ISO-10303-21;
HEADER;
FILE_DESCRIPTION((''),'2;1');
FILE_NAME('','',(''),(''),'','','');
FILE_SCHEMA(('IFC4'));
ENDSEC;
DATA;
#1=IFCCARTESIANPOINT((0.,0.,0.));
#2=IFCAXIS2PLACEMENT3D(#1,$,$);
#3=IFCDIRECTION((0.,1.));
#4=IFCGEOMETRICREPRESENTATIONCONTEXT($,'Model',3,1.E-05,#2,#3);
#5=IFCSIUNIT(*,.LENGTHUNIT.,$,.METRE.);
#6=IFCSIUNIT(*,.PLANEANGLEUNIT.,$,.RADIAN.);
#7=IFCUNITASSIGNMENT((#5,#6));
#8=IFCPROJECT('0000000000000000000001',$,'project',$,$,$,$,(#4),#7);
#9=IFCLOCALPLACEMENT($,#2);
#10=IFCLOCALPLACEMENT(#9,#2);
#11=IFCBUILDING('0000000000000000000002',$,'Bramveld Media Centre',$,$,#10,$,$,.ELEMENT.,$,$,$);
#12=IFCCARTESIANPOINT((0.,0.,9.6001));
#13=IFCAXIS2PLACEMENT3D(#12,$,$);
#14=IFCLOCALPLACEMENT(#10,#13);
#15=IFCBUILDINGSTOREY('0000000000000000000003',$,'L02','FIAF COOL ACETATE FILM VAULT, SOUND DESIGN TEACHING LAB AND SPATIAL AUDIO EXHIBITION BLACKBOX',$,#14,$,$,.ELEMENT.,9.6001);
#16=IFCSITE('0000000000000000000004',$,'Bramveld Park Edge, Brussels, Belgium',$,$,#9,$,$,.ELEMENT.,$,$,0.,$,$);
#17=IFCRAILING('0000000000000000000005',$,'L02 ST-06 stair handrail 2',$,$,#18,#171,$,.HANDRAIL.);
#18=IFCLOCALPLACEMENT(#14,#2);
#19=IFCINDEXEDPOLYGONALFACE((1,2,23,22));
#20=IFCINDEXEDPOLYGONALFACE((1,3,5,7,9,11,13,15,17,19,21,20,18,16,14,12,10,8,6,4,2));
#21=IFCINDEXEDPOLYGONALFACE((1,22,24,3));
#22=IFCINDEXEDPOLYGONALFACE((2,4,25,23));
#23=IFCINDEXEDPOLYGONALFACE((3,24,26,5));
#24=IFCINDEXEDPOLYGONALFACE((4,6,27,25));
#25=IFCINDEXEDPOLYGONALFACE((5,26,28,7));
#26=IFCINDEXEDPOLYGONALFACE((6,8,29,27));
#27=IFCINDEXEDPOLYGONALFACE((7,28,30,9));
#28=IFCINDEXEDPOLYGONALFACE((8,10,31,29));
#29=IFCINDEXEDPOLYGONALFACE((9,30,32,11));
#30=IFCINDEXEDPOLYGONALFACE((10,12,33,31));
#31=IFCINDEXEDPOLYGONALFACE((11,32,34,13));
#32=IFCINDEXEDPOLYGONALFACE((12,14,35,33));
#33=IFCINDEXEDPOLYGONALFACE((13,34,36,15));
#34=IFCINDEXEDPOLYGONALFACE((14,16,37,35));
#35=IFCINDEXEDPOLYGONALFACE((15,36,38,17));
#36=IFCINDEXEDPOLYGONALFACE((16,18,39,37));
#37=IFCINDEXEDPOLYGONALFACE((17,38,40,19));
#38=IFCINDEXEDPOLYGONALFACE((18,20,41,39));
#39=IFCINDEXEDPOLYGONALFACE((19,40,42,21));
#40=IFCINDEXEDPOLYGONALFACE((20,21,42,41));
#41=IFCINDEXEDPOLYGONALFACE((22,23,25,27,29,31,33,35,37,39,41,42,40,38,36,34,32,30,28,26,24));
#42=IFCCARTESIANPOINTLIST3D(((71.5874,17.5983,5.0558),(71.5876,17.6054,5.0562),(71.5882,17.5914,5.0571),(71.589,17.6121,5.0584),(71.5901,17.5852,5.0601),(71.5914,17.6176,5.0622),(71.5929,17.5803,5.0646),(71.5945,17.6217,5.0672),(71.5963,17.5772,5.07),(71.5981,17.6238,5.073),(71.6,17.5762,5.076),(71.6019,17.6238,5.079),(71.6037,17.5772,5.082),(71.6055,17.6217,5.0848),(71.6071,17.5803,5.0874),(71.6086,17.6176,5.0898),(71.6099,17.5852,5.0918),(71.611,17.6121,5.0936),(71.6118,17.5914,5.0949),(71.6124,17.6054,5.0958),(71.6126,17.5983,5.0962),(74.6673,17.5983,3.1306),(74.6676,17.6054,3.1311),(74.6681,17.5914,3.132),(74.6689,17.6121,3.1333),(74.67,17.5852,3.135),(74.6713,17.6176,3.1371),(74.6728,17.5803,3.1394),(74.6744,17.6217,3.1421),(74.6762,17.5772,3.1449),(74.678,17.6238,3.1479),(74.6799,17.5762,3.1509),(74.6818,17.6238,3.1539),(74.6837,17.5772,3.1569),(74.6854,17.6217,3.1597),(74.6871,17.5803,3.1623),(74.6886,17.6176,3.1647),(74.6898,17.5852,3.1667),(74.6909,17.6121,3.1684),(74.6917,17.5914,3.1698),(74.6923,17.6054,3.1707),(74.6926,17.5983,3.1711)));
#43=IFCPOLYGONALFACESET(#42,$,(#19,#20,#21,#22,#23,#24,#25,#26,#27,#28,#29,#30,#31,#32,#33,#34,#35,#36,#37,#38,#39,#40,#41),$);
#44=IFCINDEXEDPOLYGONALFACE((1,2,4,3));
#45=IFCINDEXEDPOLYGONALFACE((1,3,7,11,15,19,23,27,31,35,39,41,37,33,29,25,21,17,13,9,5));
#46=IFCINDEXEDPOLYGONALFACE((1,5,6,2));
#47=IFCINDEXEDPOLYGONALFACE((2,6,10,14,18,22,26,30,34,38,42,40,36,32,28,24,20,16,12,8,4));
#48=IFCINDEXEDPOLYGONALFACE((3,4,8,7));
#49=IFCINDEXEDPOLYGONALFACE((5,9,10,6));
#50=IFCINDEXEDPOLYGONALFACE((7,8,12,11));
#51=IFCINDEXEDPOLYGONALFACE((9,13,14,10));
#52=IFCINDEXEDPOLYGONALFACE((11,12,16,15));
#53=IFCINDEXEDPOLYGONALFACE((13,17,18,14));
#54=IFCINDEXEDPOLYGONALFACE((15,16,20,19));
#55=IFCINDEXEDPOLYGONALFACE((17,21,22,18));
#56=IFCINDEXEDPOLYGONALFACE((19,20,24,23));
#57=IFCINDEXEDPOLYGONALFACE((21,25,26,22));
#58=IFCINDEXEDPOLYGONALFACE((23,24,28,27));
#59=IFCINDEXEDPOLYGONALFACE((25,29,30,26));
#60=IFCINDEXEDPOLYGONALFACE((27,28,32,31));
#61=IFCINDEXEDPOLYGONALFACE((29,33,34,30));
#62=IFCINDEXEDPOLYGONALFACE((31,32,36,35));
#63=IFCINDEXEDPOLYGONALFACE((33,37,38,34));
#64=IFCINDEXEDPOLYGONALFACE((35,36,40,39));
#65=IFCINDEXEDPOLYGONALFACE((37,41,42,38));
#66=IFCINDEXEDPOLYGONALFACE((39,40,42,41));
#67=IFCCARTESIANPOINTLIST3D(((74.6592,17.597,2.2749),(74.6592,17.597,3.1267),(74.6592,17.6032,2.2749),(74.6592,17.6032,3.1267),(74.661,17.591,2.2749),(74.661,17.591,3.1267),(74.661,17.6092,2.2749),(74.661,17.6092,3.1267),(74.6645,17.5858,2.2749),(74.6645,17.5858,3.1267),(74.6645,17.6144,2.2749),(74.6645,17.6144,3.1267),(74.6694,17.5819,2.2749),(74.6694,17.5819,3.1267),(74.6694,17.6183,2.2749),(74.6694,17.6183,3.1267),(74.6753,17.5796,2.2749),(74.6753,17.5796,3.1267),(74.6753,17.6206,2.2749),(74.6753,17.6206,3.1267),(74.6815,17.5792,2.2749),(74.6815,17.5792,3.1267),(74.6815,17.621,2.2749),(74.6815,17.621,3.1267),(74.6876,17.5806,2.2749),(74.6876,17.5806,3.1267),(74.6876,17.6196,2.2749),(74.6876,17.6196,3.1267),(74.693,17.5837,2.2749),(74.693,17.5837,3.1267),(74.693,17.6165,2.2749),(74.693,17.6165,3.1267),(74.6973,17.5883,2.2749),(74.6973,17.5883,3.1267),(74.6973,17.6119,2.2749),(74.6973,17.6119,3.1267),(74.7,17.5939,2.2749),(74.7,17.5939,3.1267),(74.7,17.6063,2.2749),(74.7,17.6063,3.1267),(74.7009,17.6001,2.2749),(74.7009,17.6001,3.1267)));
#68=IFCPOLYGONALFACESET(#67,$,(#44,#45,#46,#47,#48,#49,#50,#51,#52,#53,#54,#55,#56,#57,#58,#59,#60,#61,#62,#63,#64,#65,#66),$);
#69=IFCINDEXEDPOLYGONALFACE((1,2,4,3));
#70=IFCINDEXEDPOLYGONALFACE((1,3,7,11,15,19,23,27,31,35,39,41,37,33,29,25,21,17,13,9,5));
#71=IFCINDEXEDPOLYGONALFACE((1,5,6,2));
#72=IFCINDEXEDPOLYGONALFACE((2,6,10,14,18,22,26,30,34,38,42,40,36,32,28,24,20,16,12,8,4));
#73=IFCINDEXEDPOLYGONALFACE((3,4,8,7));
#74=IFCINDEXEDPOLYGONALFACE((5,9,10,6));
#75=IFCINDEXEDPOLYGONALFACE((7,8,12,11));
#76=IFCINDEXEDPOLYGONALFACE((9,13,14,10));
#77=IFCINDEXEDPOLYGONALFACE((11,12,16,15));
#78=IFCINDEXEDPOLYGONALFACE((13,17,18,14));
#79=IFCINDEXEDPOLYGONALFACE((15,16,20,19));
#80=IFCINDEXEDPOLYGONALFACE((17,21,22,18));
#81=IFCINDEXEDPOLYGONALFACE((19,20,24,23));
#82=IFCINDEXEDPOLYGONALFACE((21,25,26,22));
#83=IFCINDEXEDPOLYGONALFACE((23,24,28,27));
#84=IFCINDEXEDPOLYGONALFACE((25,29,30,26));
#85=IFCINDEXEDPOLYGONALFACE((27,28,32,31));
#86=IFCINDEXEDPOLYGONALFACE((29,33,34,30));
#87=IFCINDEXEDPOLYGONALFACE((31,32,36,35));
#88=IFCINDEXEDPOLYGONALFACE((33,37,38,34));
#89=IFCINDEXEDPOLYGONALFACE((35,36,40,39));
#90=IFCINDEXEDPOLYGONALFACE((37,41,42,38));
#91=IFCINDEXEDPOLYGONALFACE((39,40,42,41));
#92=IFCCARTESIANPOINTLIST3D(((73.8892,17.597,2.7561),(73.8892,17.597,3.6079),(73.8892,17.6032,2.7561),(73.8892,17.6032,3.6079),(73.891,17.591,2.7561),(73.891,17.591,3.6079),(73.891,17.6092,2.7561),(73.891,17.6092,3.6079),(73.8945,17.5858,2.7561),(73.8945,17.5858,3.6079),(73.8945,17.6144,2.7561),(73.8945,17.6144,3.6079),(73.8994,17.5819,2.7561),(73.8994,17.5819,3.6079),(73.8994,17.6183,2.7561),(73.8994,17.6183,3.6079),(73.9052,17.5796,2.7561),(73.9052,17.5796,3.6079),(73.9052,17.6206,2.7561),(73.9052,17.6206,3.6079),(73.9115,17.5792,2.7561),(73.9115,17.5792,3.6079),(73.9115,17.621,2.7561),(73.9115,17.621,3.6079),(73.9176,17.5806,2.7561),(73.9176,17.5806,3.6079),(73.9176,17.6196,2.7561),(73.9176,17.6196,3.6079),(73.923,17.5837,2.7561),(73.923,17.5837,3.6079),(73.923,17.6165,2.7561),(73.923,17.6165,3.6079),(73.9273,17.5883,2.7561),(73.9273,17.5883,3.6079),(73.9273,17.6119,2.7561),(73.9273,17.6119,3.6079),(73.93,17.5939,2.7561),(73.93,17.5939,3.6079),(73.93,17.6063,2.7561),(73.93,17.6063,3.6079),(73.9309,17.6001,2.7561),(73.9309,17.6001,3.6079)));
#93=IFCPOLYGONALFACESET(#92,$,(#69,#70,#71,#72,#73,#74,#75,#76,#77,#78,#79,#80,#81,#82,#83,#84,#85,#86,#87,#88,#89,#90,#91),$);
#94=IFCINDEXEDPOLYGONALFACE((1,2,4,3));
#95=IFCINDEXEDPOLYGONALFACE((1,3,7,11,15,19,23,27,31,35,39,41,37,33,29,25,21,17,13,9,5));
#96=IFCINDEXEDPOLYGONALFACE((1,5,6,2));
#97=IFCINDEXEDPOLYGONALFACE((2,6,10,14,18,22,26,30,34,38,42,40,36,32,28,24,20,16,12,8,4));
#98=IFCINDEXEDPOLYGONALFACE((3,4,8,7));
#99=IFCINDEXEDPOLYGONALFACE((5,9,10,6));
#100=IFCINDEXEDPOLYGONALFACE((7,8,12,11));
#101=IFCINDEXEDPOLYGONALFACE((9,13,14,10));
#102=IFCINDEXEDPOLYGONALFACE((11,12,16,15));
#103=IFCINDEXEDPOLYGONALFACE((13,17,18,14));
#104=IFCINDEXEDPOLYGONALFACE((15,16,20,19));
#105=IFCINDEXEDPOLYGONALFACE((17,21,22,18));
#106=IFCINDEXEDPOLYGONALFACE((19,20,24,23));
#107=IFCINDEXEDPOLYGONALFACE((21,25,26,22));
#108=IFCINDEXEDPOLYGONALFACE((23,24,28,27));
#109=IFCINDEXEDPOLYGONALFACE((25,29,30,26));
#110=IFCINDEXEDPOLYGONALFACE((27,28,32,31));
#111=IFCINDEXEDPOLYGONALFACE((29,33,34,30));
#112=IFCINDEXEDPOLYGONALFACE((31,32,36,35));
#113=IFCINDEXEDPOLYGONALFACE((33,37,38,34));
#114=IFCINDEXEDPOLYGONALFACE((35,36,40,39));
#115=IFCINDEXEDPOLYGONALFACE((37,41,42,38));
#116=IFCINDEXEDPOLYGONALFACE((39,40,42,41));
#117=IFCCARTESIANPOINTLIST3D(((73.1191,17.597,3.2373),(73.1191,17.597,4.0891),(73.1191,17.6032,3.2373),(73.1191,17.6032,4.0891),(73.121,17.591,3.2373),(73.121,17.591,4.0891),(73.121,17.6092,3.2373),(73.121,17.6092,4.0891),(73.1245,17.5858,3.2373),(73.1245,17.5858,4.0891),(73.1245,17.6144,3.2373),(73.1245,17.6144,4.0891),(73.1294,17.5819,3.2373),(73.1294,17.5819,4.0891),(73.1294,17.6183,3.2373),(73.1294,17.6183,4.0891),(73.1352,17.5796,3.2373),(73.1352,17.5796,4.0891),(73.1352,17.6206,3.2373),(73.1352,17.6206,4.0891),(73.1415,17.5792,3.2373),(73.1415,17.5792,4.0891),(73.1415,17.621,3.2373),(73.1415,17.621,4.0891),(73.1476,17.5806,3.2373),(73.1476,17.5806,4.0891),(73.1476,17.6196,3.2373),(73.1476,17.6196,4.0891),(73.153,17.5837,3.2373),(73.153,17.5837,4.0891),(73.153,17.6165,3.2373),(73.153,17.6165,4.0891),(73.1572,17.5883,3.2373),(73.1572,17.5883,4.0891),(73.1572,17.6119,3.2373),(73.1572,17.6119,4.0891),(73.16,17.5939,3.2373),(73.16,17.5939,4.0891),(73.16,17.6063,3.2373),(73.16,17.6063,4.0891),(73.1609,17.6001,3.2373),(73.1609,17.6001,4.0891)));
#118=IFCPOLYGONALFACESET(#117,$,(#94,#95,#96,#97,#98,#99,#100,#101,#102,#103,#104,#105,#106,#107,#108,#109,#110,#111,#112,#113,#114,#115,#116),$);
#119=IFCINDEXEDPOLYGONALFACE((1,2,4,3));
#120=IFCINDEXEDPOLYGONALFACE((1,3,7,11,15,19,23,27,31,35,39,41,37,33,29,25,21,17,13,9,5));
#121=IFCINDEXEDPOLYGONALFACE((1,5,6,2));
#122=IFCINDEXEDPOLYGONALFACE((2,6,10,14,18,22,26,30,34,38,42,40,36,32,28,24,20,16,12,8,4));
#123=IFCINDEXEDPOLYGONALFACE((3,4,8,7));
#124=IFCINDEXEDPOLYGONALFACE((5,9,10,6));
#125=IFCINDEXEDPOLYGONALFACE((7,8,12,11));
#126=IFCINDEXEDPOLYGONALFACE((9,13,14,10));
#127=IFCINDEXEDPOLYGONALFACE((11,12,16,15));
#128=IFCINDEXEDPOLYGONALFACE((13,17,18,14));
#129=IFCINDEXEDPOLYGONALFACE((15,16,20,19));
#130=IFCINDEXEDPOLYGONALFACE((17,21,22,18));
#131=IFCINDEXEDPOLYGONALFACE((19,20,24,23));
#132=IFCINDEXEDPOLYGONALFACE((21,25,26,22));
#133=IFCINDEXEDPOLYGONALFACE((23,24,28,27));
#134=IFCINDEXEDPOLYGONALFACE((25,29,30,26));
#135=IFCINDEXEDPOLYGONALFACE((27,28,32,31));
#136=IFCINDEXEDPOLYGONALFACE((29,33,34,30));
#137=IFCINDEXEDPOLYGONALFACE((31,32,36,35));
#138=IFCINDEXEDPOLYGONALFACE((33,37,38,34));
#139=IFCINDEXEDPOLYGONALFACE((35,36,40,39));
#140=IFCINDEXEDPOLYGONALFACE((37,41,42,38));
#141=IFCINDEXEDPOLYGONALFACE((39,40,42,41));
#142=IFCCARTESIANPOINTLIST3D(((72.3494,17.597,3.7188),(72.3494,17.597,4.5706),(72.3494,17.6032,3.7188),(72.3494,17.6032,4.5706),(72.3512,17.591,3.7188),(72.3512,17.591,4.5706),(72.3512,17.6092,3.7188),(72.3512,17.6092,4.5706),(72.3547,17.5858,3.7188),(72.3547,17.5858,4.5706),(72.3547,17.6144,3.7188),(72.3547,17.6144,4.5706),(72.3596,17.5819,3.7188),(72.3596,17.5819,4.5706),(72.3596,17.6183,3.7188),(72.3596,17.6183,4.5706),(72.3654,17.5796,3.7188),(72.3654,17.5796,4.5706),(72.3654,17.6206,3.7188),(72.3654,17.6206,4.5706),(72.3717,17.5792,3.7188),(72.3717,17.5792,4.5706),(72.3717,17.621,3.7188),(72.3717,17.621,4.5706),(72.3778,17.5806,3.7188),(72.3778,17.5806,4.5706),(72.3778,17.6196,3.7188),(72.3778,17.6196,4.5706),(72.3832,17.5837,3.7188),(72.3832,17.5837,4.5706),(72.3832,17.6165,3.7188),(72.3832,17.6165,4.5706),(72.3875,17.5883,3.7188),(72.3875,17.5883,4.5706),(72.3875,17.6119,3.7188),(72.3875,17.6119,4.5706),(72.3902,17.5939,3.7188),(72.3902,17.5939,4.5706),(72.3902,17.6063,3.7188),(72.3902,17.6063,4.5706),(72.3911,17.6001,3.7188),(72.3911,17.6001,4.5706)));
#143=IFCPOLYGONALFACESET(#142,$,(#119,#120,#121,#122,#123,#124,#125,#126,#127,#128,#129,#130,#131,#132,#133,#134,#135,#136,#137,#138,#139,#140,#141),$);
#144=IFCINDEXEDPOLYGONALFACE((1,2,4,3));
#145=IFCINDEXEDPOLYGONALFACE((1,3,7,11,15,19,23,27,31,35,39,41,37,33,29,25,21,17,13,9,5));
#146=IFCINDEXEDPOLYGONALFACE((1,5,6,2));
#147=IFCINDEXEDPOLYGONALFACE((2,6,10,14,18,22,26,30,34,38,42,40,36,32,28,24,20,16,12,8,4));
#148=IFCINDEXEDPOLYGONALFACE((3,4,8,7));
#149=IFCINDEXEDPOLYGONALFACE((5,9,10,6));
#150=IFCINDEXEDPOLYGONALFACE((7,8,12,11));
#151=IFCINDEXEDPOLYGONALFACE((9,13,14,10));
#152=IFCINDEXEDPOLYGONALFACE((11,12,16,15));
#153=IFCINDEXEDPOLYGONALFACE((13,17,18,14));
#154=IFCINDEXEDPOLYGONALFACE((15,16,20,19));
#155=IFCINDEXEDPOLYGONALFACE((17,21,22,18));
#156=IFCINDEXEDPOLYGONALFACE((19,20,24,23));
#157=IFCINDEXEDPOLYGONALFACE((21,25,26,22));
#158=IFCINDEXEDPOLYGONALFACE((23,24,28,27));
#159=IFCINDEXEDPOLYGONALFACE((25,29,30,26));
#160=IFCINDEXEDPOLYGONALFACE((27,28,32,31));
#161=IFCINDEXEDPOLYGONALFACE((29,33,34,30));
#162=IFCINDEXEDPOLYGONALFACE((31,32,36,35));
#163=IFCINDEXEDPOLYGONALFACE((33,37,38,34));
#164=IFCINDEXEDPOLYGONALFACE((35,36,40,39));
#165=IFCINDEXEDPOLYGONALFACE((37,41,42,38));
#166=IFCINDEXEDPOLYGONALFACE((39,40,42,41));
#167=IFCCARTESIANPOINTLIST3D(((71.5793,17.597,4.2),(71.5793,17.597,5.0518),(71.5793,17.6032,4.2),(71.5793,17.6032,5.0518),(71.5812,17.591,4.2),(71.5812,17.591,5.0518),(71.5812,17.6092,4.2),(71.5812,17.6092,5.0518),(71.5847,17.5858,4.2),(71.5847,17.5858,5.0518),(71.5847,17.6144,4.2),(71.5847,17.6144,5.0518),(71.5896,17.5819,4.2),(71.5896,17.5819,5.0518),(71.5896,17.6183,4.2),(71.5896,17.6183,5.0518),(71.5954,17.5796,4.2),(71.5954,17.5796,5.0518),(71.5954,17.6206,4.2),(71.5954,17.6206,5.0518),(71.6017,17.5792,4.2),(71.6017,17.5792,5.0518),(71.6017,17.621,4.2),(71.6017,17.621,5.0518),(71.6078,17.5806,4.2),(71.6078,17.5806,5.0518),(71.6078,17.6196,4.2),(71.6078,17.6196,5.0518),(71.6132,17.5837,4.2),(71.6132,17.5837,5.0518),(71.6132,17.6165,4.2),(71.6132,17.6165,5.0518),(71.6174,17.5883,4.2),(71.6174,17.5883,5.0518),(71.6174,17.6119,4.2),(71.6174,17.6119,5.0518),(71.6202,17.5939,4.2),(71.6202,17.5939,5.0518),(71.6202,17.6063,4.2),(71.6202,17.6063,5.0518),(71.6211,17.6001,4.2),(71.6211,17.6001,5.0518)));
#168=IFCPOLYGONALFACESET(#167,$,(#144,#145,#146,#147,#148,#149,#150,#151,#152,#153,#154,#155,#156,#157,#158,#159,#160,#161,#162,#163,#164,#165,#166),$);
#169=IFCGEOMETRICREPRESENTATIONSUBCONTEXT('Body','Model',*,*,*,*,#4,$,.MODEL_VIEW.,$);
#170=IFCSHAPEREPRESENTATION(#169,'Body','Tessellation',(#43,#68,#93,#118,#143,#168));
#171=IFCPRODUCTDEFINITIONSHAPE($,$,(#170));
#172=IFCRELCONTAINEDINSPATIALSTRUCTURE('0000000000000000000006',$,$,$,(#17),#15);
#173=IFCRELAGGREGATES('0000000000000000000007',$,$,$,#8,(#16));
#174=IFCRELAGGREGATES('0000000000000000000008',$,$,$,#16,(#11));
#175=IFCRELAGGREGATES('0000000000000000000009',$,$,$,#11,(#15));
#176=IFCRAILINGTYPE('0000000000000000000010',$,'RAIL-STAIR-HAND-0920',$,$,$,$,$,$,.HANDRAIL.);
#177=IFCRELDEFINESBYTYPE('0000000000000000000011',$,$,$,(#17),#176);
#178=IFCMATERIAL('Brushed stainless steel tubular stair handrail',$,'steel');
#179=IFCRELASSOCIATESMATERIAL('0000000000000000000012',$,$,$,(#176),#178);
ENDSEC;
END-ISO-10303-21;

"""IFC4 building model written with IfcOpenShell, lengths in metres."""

from ifc_helpers import new_model, si_unit, direction, frame, origin, origin_2d, place, context, subcontext, project, spatial, circle, extrude, material, type_object, element, save


model = new_model("IFC4")

# Units and contexts
model_context = context("Model", 3, precision=1e-05, world=origin(), true_north=direction((0.0, 1.0)))
body_context = subcontext(model_context, "Body", "Model", "MODEL_VIEW")
ifc_project = project(units=[si_unit("LENGTHUNIT", "METRE"), si_unit("PLANEANGLEUNIT", "RADIAN")], contexts=[model_context])

# Site, building, storey
site_placement = place(None, origin())
site = spatial("IfcSite", under=ifc_project, at=site_placement, Name="Bramveld Park Edge, Brussels, Belgium", CompositionType="ELEMENT", RefElevation=0.0)
building_placement = place(site_placement, origin())
building = spatial("IfcBuilding", under=site, at=building_placement, Name="Bramveld Media Centre", CompositionType="ELEMENT")
storey_placement = place(building_placement, frame((0.0, 0.0, 9.6001)))
storey = spatial("IfcBuildingStorey", under=building, at=storey_placement, Name="L02", Description="FIAF COOL ACETATE FILM VAULT, SOUND DESIGN TEACHING LAB AND SPATIAL AUDIO EXHIBITION BLACKBOX", CompositionType="ELEMENT", Elevation=9.6001)

# Railing
ifc_material_1 = material(Name="Brushed stainless steel tubular stair handrail", Category="steel")
railing_type_1 = type_object("IfcRailingType", Name="RAIL-STAIR-HAND-0920", PredefinedType="HANDRAIL", material=ifc_material_1)
railing_1_placement = place(storey_placement, frame((74.6799, 17.6001, 2.2749)))
element("IfcRailing", 1, at=railing_1_placement, inside=storey, type_object=railing_type_1, Name="L02 ST-06 stair handrail 2", PredefinedType="HANDRAIL", context=body_context, shape_type="SweptSolid", body=[
    extrude(circle(Radius=0.0239, at=origin_2d()), frame((0.0, 0.0, 0.876), z_axis=(-0.847979, 0.0, 0.530029), x_axis=(0.0, -1.0, 0.0)), (0.0, 0.0, 1.0), 3.6321),
    extrude(circle(Radius=0.021, at=origin_2d()), origin(), (0.0, 0.0, 1.0), 0.8518),
    extrude(circle(Radius=0.021, at=origin_2d()), frame((-0.77, 0.0, 0.4812)), (0.0, 0.0, 1.0), 0.8518),
    extrude(circle(Radius=0.021, at=origin_2d()), frame((-1.54, 0.0, 0.9624)), (0.0, 0.0, 1.0), 0.8518),
    extrude(circle(Radius=0.021, at=origin_2d()), frame((-2.3098, 0.0, 1.4438)), (0.0, 0.0, 1.0), 0.8518),
    extrude(circle(Radius=0.021, at=origin_2d()), frame((-3.0798, 0.0, 1.925)), (0.0, 0.0, 1.0), 0.8518),
])

save(model, "model.ifc")
